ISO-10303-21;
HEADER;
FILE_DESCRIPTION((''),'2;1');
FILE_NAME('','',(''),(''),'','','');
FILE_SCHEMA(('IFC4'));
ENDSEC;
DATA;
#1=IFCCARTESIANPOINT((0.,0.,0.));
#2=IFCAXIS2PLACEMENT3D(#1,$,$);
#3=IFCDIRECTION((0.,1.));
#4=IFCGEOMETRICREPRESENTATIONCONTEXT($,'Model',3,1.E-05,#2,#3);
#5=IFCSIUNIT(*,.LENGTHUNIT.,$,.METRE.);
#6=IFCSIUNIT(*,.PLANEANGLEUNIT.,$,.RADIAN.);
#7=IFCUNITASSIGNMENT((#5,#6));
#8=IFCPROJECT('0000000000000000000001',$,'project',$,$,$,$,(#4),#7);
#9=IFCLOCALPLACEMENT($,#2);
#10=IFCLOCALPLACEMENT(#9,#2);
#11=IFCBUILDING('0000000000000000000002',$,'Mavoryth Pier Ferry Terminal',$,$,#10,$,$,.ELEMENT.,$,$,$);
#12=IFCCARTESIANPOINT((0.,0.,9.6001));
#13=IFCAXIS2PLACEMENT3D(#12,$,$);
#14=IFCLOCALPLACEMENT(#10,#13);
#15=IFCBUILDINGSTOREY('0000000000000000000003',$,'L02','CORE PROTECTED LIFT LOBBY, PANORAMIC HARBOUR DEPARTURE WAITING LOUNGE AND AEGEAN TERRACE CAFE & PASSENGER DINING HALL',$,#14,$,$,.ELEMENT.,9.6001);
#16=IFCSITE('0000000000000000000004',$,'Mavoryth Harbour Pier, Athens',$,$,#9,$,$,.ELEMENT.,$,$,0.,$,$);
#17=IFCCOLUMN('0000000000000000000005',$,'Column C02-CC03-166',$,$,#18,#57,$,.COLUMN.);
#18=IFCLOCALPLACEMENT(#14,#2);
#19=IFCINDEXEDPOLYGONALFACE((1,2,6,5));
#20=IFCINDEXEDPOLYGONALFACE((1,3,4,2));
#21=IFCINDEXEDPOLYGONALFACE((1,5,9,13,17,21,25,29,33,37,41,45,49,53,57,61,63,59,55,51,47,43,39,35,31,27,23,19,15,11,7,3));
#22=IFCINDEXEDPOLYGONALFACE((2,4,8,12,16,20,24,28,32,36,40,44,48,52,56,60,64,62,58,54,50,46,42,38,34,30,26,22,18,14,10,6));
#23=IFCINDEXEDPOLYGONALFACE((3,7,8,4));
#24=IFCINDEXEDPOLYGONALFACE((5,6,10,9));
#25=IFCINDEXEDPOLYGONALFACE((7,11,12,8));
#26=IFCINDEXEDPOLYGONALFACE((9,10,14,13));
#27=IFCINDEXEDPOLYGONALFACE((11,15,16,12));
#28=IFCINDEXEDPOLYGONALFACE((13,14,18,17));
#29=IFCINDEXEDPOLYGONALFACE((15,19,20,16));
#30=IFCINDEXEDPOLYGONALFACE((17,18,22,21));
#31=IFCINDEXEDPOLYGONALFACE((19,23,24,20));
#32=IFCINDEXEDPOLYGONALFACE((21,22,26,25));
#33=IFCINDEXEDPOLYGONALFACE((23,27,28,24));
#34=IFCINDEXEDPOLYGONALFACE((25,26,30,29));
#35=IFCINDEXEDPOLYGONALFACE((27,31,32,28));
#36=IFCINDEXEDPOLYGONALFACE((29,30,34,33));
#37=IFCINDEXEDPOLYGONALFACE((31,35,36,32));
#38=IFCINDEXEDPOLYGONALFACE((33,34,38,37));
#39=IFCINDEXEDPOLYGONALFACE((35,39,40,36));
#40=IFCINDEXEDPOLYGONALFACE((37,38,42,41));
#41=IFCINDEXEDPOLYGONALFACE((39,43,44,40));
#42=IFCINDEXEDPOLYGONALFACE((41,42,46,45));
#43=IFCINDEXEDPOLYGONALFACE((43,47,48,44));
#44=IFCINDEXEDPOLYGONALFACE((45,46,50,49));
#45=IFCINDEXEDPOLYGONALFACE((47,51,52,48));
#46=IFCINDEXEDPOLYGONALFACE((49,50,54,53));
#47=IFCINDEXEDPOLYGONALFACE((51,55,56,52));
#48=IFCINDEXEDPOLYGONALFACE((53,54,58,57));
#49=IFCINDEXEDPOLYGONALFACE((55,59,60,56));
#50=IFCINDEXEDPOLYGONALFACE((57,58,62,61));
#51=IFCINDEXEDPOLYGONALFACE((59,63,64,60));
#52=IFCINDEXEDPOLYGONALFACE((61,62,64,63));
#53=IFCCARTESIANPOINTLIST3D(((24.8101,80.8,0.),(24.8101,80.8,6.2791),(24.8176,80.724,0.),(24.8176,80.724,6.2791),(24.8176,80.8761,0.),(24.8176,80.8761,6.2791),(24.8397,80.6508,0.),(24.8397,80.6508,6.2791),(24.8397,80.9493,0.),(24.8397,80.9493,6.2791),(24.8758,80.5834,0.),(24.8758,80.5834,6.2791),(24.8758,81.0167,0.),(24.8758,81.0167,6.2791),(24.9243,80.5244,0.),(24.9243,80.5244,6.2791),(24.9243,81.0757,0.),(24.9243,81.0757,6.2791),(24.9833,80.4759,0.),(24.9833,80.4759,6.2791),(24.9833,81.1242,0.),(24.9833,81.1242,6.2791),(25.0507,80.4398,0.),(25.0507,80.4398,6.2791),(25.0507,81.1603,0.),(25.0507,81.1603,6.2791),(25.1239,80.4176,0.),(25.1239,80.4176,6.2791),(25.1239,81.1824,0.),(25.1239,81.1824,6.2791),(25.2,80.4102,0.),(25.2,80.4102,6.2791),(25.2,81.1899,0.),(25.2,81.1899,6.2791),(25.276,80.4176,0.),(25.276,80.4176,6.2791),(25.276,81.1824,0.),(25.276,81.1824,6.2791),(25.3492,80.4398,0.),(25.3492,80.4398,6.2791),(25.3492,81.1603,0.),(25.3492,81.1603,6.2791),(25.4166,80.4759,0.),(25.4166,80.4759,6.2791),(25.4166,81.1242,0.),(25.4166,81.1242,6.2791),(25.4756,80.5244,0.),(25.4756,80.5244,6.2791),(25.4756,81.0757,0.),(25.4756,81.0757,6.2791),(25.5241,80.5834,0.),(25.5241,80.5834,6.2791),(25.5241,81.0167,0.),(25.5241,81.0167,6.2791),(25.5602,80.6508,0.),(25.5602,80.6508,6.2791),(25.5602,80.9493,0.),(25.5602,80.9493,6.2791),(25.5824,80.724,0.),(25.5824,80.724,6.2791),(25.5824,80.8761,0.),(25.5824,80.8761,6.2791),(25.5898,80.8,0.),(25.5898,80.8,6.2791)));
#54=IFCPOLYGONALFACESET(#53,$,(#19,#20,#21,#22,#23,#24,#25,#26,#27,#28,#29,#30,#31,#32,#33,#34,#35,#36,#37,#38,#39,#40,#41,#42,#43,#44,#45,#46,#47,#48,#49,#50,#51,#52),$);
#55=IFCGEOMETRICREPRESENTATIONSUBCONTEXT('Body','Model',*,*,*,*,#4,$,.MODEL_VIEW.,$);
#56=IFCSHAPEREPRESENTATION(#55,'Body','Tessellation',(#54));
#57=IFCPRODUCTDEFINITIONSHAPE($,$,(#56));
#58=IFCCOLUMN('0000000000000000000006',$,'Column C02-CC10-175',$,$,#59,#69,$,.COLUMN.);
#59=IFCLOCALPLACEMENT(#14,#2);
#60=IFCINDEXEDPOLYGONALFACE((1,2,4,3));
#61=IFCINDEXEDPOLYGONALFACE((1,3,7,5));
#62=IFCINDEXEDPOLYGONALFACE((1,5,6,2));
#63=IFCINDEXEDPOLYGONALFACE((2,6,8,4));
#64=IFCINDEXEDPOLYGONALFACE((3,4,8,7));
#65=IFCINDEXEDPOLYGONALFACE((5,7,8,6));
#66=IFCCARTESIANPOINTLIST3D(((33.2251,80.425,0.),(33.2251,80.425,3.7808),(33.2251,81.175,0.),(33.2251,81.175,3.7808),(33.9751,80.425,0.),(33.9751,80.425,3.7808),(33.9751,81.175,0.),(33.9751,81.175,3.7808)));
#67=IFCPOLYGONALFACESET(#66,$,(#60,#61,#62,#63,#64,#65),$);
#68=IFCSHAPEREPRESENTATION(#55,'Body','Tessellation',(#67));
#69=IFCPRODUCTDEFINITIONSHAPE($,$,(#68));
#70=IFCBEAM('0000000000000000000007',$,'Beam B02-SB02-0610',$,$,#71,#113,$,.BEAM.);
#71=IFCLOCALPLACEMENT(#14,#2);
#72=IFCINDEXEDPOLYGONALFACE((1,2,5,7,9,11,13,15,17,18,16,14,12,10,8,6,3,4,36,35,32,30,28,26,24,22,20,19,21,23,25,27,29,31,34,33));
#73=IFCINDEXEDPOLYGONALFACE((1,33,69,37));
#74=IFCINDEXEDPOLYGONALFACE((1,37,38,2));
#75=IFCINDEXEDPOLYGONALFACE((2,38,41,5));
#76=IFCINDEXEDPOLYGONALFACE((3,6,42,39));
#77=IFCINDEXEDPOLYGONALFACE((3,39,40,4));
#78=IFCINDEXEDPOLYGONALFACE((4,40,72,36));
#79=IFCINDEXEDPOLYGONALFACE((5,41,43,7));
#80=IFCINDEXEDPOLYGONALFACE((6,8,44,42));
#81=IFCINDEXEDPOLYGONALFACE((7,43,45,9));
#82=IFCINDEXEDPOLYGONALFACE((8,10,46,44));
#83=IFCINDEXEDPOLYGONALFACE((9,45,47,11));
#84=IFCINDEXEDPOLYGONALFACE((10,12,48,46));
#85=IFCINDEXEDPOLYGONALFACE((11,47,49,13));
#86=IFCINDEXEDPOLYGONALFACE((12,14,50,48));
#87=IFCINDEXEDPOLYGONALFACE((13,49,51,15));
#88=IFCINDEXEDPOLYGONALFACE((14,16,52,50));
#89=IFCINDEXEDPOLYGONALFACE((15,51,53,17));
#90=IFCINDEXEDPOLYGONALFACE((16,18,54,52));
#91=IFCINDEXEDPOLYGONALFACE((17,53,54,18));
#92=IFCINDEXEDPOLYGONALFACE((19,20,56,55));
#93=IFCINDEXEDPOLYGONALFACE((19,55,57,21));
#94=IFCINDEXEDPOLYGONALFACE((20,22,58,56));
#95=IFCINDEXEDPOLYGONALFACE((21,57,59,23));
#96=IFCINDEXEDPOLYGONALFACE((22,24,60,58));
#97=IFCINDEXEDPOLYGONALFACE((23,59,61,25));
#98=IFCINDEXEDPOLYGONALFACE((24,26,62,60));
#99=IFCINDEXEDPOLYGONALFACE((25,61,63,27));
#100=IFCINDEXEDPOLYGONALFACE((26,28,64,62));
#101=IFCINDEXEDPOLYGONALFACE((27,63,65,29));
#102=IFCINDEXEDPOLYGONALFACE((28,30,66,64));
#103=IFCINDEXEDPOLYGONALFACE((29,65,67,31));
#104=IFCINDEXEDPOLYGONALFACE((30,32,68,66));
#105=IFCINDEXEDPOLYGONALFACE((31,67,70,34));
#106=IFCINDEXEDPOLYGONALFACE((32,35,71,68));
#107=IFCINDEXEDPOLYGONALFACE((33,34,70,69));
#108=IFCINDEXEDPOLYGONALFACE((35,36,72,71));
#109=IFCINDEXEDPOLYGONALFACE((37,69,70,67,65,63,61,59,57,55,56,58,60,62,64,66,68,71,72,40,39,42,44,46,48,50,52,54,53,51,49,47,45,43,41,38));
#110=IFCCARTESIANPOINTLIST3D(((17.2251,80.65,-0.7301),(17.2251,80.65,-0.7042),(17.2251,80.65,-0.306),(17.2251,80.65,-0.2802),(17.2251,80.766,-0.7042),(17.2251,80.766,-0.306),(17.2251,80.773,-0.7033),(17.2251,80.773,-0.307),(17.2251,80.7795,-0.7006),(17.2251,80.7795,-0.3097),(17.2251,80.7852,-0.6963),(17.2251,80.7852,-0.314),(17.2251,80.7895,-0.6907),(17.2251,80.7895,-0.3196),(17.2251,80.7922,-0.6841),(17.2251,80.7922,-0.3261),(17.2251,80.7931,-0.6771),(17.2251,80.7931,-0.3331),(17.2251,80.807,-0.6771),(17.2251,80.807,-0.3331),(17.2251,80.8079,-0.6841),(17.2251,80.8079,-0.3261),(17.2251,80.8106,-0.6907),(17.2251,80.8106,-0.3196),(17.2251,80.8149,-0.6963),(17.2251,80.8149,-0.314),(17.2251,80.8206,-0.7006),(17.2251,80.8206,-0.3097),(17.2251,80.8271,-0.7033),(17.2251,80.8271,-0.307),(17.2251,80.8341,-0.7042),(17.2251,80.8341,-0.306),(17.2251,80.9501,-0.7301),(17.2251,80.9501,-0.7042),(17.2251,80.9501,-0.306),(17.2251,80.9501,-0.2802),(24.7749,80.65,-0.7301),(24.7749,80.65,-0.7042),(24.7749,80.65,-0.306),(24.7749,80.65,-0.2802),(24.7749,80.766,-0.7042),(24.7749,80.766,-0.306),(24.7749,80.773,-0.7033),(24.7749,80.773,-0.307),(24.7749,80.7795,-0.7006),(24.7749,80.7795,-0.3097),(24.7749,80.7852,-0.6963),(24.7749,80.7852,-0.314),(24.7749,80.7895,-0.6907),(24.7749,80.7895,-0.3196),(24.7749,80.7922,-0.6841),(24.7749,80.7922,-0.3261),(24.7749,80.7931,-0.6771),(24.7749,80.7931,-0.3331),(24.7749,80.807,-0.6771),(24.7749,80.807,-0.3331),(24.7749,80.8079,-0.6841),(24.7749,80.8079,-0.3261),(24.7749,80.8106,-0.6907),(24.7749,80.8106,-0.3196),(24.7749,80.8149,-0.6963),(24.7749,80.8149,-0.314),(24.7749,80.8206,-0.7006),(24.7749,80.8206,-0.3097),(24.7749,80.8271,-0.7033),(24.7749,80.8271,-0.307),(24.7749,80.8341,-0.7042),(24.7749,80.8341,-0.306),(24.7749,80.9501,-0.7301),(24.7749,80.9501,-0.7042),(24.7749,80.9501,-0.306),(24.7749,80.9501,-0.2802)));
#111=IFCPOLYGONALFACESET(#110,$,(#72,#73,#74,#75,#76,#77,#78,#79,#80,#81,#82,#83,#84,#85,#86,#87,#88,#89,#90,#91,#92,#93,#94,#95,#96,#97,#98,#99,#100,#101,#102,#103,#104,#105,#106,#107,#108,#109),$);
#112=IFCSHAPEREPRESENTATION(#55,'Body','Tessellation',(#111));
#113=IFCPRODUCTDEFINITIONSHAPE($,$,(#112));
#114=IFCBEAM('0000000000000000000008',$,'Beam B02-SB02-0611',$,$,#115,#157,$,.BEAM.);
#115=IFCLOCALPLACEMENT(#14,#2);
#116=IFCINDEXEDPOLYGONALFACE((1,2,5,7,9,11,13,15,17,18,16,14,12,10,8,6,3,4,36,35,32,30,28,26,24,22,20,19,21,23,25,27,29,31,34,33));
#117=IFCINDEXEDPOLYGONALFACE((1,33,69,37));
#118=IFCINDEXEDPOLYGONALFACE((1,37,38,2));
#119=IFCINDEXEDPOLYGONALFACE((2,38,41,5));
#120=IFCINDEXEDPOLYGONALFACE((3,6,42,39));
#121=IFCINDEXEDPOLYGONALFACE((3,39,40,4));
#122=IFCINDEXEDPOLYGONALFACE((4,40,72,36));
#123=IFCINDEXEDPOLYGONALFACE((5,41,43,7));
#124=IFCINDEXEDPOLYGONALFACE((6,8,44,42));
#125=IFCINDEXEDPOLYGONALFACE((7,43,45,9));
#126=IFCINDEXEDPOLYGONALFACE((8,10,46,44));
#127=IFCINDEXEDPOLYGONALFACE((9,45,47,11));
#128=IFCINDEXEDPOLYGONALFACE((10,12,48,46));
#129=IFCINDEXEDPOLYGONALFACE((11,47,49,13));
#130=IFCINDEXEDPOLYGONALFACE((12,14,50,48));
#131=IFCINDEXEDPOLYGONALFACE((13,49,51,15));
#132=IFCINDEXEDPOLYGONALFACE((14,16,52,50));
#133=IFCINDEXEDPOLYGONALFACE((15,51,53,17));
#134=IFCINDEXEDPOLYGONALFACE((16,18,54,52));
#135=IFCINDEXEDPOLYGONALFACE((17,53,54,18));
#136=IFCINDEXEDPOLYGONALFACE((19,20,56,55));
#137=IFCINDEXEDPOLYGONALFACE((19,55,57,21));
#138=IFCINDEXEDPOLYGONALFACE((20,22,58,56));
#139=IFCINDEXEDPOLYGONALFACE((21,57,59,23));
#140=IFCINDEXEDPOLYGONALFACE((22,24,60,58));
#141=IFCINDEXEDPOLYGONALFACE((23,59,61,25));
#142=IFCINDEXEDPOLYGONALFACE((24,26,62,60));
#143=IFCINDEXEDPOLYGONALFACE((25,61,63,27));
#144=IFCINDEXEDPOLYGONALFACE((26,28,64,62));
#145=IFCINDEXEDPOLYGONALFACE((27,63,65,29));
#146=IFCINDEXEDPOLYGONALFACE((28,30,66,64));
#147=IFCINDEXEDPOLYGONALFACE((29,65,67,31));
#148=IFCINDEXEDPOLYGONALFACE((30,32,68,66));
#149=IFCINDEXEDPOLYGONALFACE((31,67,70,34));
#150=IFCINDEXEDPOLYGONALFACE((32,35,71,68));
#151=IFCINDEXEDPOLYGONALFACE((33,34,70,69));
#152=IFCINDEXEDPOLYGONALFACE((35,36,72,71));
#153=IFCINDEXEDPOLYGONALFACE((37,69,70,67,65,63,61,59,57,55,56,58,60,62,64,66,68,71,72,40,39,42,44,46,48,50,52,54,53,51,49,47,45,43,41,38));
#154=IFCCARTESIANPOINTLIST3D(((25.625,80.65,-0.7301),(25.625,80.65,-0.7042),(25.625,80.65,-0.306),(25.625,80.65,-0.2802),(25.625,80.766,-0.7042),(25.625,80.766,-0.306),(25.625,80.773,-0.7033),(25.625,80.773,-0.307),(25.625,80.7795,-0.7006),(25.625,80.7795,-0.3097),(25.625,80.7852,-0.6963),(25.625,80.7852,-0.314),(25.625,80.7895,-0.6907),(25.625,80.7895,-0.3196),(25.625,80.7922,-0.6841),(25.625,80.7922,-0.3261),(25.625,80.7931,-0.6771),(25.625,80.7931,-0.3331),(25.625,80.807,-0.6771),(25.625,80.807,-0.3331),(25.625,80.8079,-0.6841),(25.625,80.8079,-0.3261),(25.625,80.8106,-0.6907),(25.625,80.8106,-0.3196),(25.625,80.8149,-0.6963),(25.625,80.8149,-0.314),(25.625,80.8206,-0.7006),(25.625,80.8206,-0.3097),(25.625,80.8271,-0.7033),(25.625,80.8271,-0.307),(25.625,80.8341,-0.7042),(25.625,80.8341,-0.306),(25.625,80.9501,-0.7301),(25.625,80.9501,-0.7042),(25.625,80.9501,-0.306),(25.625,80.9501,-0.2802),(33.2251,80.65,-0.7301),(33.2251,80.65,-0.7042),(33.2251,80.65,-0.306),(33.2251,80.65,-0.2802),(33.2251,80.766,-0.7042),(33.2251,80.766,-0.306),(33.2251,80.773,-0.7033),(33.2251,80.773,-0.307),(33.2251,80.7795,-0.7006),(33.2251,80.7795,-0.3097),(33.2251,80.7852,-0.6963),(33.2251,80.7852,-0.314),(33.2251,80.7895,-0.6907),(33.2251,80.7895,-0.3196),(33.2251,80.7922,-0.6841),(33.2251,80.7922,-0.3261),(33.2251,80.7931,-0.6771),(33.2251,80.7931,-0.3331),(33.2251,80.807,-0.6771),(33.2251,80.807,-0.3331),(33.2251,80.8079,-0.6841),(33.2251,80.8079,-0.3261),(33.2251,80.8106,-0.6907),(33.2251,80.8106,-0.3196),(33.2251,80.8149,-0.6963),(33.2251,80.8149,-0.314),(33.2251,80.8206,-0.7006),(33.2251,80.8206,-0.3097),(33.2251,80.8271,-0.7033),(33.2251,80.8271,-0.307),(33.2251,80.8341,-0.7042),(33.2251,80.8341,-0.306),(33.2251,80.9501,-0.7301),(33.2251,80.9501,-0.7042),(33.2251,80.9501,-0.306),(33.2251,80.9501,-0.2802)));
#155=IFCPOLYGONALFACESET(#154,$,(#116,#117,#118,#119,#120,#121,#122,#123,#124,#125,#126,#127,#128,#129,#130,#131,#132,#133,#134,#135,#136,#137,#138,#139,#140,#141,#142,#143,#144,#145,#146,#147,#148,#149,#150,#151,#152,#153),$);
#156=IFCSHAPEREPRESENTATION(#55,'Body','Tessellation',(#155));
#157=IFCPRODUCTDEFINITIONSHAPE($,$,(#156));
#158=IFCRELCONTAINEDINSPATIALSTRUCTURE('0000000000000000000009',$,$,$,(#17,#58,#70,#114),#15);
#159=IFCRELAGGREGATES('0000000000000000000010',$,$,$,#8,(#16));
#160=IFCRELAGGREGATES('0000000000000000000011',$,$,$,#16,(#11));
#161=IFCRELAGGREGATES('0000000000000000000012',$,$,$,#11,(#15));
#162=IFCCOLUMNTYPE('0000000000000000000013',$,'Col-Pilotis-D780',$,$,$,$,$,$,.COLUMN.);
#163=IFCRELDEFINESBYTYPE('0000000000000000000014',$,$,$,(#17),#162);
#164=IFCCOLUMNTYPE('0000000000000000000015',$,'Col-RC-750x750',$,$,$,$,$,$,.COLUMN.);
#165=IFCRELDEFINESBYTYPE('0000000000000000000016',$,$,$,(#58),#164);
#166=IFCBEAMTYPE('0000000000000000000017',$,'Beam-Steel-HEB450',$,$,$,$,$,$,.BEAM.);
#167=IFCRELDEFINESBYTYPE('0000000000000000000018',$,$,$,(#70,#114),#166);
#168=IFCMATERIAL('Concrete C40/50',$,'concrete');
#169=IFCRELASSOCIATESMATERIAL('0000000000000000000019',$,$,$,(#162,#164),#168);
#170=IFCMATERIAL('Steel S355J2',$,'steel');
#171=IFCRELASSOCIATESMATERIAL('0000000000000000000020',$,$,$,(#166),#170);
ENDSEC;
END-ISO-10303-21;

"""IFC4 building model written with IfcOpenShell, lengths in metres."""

from ifc_helpers import new_model, si_unit, direction, frame, origin, origin_2d, place, context, subcontext, project, spatial, rectangle, circle, i_section, extrude, material, material_profile, profile_set, type_object, element, save


model = new_model("IFC4")

# Units and contexts
model_context = context("Model", 3, precision=1e-05, world=origin(), true_north=direction((0.0, 1.0)))
body_context = subcontext(model_context, "Body", "Model", "MODEL_VIEW")
ifc_project = project(units=[si_unit("LENGTHUNIT", "METRE"), si_unit("PLANEANGLEUNIT", "RADIAN")], contexts=[model_context])

# Site, building, storey
site_placement = place(None, origin())
site = spatial("IfcSite", under=ifc_project, at=site_placement, Name="Mavoryth Harbour Pier, Athens", CompositionType="ELEMENT", RefElevation=0.0)
building_placement = place(site_placement, origin())
building = spatial("IfcBuilding", under=site, at=building_placement, Name="Mavoryth Pier Ferry Terminal", CompositionType="ELEMENT")
storey_placement = place(building_placement, frame((0.0, 0.0, 9.6001)))
storey = spatial("IfcBuildingStorey", under=building, at=storey_placement, Name="L02", Description="CORE PROTECTED LIFT LOBBY, PANORAMIC HARBOUR DEPARTURE WAITING LOUNGE AND AEGEAN TERRACE CAFE & PASSENGER DINING HALL", CompositionType="ELEMENT", Elevation=9.6001)

# Columns
ifc_material_1 = material(Name="Concrete C40/50", Category="concrete")
ifc_material_profile_1 = material_profile(ifc_material_1, circle(Radius=0.3899, at=origin_2d()), Name="RC D780", Category="concrete")
ifc_profile_set_1 = profile_set([ifc_material_profile_1], Name="Concrete C40/50 - RC D780")
column_type_1 = type_object("IfcColumnType", Name="Col-Pilotis-D780", PredefinedType="COLUMN", material=ifc_profile_set_1)
column_1_placement = place(storey_placement, frame((25.2, 80.8, 0.0), z_axis=(0.0, 0.0, 1.0), x_axis=(1.0, 0.0, 0.0)))
element("IfcColumn", 1, at=column_1_placement, inside=storey, type_object=column_type_1, Name="Column C02-CC03-166", PredefinedType="COLUMN", context=body_context, shape_type="SweptSolid", body=[
    extrude(circle(Radius=0.3899, at=origin_2d()), origin(), (0.0, 0.0, 1.0), 6.2791),
])
ifc_material_profile_2 = material_profile(ifc_material_1, rectangle(XDim=0.75, YDim=0.75, at=origin_2d()), Name="RC 750x750", Category="concrete")
ifc_profile_set_2 = profile_set([ifc_material_profile_2], Name="Concrete C40/50 - RC 750x750")
column_type_2 = type_object("IfcColumnType", Name="Col-RC-750x750", PredefinedType="COLUMN", material=ifc_profile_set_2)
column_2_placement = place(storey_placement, frame((33.6001, 80.8, 0.0), z_axis=(0.0, 0.0, 1.0), x_axis=(1.0, 0.0, 0.0)))
element("IfcColumn", 2, at=column_2_placement, inside=storey, type_object=column_type_2, Name="Column C02-CC10-175", PredefinedType="COLUMN", context=body_context, shape_type="SweptSolid", body=[
    extrude(rectangle(XDim=0.75, YDim=0.75, at=origin_2d()), origin(), (0.0, 0.0, 1.0), 3.7808),
])

# Beams
ifc_material_2 = material(Name="Steel S355J2", Category="steel")
ifc_material_profile_3 = material_profile(ifc_material_2, i_section(OverallWidth=0.3, OverallDepth=0.45, WebThickness=0.0139, FlangeThickness=0.0259, FilletRadius=0.0271, at=origin_2d()), Name="HEB 450", Category="steel")
ifc_profile_set_3 = profile_set([ifc_material_profile_3], Name="Steel S355J2 - HEB 450")
beam_type_1 = type_object("IfcBeamType", Name="Beam-Steel-HEB450", PredefinedType="BEAM", material=ifc_profile_set_3)
beam_1_placement = place(storey_placement, frame((17.2251, 80.8, -0.5051), z_axis=(1.0, 0.0, 0.0), x_axis=(0.0, 1.0, 0.0)))
element("IfcBeam", 3, at=beam_1_placement, inside=storey, type_object=beam_type_1, Name="Beam B02-SB02-0610", PredefinedType="BEAM", context=body_context, shape_type="SweptSolid", body=[
    extrude(i_section(OverallWidth=0.3, OverallDepth=0.45, WebThickness=0.0139, FlangeThickness=0.0259, FilletRadius=0.0271, at=origin_2d()), origin(), (0.0, 0.0, 1.0), 7.5498),
])
beam_2_placement = place(storey_placement, frame((25.625, 80.8, -0.5051), z_axis=(1.0, 0.0, 0.0), x_axis=(0.0, 1.0, 0.0)))
element("IfcBeam", 4, at=beam_2_placement, inside=storey, type_object=beam_type_1, Name="Beam B02-SB02-0611", PredefinedType="BEAM", context=body_context, shape_type="SweptSolid", body=[
    extrude(i_section(OverallWidth=0.3, OverallDepth=0.45, WebThickness=0.0139, FlangeThickness=0.0259, FilletRadius=0.0271, at=origin_2d()), origin(), (0.0, 0.0, 1.0), 7.6001),
])

save(model, "model.ifc")
